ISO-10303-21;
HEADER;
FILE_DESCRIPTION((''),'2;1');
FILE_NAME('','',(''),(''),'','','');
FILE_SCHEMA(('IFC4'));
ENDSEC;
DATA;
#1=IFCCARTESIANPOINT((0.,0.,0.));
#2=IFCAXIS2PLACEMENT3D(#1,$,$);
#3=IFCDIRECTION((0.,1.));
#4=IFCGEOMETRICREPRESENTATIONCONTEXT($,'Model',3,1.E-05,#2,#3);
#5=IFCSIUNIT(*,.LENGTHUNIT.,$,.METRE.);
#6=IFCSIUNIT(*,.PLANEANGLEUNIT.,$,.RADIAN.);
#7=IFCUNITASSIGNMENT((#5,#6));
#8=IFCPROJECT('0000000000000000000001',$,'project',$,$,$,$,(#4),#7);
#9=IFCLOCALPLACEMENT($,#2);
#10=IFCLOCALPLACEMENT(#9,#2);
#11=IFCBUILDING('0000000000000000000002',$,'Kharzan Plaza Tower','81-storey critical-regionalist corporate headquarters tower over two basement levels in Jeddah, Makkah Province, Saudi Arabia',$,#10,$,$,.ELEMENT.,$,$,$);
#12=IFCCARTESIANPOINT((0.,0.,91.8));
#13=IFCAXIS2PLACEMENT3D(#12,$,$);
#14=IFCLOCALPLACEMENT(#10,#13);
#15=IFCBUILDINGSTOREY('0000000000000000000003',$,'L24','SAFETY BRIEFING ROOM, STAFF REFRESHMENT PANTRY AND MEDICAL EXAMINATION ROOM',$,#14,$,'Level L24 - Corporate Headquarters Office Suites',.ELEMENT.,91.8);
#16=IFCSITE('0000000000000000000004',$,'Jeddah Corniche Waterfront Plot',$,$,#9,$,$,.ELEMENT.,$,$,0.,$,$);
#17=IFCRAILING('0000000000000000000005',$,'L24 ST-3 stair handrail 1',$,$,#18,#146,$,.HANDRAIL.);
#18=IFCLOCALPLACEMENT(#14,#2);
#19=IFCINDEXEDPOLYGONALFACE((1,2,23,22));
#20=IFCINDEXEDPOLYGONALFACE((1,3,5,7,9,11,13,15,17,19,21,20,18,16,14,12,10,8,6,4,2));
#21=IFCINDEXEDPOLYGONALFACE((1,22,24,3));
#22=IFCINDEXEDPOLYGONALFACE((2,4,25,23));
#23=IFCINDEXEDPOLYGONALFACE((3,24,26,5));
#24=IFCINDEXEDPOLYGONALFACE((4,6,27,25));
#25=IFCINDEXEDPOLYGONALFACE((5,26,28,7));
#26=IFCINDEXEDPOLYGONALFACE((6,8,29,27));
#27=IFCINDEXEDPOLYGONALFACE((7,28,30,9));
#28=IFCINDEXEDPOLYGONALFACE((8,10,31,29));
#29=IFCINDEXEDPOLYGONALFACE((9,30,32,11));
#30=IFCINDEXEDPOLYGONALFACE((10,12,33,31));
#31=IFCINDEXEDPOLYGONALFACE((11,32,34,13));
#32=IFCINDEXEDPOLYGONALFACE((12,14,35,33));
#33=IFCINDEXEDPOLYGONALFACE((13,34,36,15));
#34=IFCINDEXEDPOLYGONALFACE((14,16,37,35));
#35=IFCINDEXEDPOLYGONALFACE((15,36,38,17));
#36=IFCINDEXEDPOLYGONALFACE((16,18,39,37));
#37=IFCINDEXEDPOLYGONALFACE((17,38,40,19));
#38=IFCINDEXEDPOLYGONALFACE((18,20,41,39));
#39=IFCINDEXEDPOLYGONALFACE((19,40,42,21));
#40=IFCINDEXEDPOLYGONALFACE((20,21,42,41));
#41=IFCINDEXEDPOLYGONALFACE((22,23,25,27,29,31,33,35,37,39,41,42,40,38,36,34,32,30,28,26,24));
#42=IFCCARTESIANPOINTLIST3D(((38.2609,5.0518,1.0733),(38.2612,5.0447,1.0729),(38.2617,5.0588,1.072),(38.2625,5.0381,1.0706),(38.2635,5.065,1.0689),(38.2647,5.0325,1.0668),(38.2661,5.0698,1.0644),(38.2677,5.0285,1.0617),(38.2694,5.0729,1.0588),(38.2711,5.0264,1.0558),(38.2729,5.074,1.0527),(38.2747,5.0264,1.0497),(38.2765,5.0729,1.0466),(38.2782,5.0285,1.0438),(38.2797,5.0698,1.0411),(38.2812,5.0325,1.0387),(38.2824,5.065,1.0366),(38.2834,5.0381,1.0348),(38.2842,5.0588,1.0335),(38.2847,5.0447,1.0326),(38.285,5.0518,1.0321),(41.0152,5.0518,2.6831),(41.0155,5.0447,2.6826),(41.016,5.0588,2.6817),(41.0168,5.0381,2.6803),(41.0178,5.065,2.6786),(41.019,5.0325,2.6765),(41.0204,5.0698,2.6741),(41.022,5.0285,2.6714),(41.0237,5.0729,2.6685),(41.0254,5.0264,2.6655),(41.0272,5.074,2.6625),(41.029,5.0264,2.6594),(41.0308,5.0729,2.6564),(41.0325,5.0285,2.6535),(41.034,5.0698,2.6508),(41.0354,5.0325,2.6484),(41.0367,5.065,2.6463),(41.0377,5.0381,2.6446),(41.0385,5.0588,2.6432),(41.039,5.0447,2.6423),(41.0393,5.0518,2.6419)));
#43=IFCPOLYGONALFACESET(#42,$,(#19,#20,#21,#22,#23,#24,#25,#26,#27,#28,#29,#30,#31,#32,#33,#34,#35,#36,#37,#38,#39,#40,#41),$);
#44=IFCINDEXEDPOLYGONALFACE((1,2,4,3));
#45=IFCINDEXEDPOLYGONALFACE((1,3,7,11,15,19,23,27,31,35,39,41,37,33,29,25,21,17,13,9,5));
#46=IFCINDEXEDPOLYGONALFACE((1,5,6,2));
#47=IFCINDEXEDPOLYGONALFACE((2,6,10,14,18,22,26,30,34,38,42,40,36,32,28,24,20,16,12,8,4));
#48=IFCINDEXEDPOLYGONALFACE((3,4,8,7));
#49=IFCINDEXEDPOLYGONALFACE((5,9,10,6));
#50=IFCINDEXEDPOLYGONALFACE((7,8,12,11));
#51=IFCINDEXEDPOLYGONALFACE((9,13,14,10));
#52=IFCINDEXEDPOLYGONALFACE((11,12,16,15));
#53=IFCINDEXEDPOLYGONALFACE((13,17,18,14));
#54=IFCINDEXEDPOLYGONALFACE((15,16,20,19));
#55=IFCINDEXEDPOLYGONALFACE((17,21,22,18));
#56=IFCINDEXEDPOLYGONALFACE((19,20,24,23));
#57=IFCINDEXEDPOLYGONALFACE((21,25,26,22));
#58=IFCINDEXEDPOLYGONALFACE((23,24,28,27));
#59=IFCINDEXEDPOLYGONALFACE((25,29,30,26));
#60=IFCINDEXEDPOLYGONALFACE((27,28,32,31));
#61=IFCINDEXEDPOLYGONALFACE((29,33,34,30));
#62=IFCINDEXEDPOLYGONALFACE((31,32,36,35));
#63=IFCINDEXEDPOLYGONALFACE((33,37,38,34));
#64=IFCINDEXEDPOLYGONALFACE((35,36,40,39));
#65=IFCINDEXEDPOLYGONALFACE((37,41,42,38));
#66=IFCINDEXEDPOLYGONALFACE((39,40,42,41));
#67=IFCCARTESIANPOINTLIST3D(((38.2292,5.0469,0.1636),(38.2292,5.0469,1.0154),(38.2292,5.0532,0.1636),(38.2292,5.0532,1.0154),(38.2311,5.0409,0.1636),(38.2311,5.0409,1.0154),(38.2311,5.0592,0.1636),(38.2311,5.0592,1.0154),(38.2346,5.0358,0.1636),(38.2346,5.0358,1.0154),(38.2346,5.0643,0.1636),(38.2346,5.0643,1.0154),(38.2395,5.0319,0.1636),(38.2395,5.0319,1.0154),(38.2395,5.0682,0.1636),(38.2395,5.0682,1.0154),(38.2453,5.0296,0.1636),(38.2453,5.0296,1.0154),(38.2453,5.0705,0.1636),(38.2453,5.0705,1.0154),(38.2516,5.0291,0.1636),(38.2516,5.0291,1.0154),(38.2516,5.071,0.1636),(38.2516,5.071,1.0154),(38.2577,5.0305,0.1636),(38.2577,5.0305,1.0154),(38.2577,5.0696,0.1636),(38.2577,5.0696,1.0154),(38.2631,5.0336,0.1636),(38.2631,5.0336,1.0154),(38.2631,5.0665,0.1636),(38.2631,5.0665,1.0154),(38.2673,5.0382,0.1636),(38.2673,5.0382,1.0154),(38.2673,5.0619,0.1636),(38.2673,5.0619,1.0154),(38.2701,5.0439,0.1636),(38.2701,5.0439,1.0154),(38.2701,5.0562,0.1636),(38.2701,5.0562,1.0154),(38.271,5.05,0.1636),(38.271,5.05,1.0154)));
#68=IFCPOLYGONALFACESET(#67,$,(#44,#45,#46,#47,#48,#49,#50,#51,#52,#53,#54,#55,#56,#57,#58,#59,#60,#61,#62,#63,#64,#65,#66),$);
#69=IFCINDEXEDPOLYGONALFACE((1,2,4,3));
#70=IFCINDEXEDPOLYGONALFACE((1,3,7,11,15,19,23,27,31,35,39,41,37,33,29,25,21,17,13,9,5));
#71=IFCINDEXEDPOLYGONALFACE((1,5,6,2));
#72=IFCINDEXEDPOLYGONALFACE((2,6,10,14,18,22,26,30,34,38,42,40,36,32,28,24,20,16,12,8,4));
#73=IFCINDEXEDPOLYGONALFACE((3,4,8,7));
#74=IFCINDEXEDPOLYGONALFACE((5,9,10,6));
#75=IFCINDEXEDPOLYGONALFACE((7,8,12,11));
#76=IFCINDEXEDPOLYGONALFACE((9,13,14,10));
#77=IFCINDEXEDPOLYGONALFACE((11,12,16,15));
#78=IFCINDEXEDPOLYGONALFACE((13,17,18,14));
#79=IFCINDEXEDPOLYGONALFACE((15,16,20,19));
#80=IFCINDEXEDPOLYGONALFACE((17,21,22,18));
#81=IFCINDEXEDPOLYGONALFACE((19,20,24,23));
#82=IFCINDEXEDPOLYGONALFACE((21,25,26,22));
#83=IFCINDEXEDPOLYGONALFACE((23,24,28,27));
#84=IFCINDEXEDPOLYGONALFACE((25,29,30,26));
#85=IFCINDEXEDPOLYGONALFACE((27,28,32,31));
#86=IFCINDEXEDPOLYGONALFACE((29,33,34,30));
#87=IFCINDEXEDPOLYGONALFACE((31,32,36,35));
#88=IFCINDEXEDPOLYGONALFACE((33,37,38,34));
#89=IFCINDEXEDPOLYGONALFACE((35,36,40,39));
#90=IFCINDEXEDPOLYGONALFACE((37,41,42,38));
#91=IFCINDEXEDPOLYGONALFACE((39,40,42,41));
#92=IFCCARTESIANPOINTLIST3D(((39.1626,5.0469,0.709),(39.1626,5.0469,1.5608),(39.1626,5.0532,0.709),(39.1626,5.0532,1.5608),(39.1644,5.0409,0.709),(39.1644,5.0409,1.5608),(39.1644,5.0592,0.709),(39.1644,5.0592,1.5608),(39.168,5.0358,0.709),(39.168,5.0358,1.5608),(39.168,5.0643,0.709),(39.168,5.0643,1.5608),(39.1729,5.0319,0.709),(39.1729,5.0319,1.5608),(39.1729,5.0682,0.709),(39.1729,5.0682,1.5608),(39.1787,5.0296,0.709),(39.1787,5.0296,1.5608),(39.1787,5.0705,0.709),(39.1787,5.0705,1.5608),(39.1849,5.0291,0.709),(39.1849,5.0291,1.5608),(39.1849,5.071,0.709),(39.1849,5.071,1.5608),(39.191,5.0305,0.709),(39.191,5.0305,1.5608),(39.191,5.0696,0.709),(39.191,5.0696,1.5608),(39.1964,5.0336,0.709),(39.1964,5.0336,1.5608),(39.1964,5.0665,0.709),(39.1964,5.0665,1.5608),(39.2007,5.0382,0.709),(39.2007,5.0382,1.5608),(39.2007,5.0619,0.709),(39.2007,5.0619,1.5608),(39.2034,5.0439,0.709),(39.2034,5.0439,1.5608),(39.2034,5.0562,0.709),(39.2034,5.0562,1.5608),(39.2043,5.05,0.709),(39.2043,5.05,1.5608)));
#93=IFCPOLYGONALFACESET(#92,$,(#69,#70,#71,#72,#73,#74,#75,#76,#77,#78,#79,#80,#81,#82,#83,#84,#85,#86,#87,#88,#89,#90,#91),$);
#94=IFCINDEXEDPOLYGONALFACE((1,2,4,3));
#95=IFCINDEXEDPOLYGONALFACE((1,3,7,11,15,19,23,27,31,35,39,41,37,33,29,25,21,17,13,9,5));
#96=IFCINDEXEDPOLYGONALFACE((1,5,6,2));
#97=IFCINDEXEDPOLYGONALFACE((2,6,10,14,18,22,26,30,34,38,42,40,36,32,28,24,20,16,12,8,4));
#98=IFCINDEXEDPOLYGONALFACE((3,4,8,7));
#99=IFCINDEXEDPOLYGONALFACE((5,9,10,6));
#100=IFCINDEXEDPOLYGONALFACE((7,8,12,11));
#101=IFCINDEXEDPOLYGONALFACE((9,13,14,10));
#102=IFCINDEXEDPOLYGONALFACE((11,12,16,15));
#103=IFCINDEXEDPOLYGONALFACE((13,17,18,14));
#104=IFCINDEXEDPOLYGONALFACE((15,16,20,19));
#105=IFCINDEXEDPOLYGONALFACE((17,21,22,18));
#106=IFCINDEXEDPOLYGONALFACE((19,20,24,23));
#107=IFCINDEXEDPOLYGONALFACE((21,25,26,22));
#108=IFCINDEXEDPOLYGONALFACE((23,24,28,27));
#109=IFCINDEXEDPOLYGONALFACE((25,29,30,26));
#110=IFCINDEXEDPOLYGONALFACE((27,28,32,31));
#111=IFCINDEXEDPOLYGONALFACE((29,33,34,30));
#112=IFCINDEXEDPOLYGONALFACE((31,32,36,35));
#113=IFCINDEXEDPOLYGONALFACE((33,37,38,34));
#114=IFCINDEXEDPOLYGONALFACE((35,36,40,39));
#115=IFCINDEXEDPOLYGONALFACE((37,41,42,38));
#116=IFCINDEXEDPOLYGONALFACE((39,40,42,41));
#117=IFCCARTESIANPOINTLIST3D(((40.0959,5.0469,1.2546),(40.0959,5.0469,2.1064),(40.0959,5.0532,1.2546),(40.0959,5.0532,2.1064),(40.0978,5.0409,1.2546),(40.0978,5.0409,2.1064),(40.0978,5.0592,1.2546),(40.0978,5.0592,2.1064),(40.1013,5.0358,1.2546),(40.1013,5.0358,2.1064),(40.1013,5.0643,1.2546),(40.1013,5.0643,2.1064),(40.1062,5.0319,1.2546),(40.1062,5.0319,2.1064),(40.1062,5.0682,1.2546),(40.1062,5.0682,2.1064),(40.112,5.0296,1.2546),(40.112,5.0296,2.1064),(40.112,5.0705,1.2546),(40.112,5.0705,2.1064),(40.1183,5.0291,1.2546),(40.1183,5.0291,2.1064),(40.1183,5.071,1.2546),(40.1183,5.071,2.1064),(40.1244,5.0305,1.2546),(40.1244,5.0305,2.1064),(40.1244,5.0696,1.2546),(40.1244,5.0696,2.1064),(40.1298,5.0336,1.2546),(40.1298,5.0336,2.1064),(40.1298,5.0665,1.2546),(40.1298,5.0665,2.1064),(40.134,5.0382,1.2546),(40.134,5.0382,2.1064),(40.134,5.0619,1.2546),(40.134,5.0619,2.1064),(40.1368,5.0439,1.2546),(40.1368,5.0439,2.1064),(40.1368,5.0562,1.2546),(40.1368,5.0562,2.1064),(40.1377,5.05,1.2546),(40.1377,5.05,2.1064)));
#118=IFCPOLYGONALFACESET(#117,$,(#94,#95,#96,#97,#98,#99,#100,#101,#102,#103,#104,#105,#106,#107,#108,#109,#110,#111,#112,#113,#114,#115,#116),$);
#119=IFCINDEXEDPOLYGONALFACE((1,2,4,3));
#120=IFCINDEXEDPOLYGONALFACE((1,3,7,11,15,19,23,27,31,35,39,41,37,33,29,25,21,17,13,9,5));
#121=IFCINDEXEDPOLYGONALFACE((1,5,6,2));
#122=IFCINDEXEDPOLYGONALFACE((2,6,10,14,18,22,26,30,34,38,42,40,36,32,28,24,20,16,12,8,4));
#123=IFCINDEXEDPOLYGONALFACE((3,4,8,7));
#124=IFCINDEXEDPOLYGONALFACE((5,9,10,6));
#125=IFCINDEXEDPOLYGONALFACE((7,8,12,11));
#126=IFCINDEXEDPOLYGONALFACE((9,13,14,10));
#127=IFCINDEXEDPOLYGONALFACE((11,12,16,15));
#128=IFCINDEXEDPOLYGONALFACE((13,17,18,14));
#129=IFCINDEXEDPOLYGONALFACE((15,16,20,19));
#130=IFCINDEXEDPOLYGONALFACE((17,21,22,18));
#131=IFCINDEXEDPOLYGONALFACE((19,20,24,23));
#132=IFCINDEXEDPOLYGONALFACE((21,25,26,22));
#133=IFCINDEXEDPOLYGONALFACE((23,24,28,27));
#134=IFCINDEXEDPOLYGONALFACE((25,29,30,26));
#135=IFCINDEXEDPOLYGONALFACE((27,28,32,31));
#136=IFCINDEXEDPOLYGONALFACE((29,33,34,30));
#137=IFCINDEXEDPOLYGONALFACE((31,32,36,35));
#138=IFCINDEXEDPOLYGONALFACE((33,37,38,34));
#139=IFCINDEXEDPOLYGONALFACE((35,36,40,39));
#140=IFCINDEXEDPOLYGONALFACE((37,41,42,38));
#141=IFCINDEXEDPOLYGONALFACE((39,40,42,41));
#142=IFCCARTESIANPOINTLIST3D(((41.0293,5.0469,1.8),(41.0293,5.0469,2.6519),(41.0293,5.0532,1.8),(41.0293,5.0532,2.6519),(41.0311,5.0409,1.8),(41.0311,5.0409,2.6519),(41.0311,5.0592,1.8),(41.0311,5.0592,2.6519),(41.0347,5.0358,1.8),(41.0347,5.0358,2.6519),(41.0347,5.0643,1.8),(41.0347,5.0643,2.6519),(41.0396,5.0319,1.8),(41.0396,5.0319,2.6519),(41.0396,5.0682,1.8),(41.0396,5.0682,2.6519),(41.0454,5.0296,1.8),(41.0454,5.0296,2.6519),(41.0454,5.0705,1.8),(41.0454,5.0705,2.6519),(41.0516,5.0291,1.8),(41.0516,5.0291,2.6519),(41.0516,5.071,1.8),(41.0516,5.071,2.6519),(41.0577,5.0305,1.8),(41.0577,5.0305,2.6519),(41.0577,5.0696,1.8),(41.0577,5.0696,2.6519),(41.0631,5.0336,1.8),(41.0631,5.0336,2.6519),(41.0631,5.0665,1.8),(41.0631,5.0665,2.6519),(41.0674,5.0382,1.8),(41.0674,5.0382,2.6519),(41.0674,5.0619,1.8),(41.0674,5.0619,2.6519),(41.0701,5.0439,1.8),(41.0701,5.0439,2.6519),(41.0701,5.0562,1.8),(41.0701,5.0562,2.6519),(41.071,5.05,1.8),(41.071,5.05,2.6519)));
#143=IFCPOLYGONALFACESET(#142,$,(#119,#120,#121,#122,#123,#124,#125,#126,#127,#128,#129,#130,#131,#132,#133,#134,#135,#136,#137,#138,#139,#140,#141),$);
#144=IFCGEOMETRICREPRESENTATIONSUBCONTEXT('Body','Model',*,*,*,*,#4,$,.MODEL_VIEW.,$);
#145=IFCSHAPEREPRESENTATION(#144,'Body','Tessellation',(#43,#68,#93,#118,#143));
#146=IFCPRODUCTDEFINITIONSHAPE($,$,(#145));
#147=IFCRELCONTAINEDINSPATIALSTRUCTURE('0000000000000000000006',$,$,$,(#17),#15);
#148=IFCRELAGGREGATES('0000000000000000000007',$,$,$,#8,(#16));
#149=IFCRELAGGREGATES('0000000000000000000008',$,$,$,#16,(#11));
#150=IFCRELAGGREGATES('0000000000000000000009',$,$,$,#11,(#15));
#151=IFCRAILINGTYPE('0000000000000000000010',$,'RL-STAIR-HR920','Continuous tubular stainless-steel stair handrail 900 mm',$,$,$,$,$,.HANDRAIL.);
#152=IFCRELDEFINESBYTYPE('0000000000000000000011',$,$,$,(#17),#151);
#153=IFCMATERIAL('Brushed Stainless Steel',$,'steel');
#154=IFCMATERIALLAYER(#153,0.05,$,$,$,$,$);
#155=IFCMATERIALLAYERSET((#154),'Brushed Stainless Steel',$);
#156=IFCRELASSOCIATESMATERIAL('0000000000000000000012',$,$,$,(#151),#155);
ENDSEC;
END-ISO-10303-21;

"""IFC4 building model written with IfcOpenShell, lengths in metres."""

from ifc_helpers import new_model, si_unit, direction, frame, origin, origin_2d, place, context, subcontext, project, spatial, circle, extrude, source, transform, mapped, material, layer, layer_set, type_object, element, save


model = new_model("IFC4")

# Units and contexts
model_context = context("Model", 3, precision=1e-05, world=origin(), true_north=direction((0.0, 1.0)))
body_context = subcontext(model_context, "Body", "Model", "MODEL_VIEW")
ifc_project = project(units=[si_unit("LENGTHUNIT", "METRE"), si_unit("PLANEANGLEUNIT", "RADIAN")], contexts=[model_context])

# Site, building, storey
site_placement = place(None, origin())
site = spatial("IfcSite", under=ifc_project, at=site_placement, Name="Jeddah Corniche Waterfront Plot", CompositionType="ELEMENT", RefElevation=0.0)
building_placement = place(site_placement, origin())
building = spatial("IfcBuilding", under=site, at=building_placement, Name="Kharzan Plaza Tower", Description="81-storey critical-regionalist corporate headquarters tower over two basement levels in Jeddah, Makkah Province, Saudi Arabia", CompositionType="ELEMENT")
storey_placement = place(building_placement, frame((0.0, 0.0, 91.8)))
storey = spatial("IfcBuildingStorey", under=building, at=storey_placement, Name="L24", Description="SAFETY BRIEFING ROOM, STAFF REFRESHMENT PANTRY AND MEDICAL EXAMINATION ROOM", LongName="Level L24 - Corporate Headquarters Office Suites", CompositionType="ELEMENT", Elevation=91.8)

# Shared definitions
ifc_material_1 = material(Name="Brushed Stainless Steel", Category="steel")

# Railing
ifc_layer_1 = layer(ifc_material_1, 0.05)
ifc_layer_set_1 = layer_set([ifc_layer_1], Name="Brushed Stainless Steel")
railing_type_1 = type_object("IfcRailingType", Name="RL-STAIR-HR920", Description="Continuous tubular stainless-steel stair handrail 900 mm", PredefinedType="HANDRAIL", material=ifc_layer_set_1)
shared_shape_1 = source(origin(), body_context, "Body", "SweptSolid", [
    extrude(circle(Radius=0.0239, at=origin_2d()), frame((0.0229, 0.0, 0.8892), z_axis=(0.863361, 0.0, 0.504587), x_axis=(0.0, 1.0, 0.0)), (0.0, 0.0, 1.0), 3.1902),
    extrude(circle(Radius=0.021, at=origin_2d()), origin(), (0.0, 0.0, 1.0), 0.8518),
    extrude(circle(Radius=0.021, at=origin_2d()), frame((0.9333, 0.0, 0.5454)), (0.0, 0.0, 1.0), 0.8518),
    extrude(circle(Radius=0.021, at=origin_2d()), frame((1.8667, 0.0, 1.0911)), (0.0, 0.0, 1.0), 0.8518),
    extrude(circle(Radius=0.021, at=origin_2d()), frame((2.8, 0.0, 1.6365)), (0.0, 0.0, 1.0), 0.8518),
])
railing_1_placement = place(storey_placement, frame((38.25, 5.05, 0.1636)))
element("IfcRailing", 1, at=railing_1_placement, inside=storey, type_object=railing_type_1, Name="L24 ST-3 stair handrail 1", PredefinedType="HANDRAIL", context=body_context, shape_type="MappedRepresentation", body=[
    mapped(shared_shape_1, transform((0.0, 0.0, 0.0), x_axis=(1.0, 0.0, 0.0), y_axis=(0.0, 1.0, 0.0), z_axis=(0.0, 0.0, 1.0))),
])

save(model, "model.ifc")
